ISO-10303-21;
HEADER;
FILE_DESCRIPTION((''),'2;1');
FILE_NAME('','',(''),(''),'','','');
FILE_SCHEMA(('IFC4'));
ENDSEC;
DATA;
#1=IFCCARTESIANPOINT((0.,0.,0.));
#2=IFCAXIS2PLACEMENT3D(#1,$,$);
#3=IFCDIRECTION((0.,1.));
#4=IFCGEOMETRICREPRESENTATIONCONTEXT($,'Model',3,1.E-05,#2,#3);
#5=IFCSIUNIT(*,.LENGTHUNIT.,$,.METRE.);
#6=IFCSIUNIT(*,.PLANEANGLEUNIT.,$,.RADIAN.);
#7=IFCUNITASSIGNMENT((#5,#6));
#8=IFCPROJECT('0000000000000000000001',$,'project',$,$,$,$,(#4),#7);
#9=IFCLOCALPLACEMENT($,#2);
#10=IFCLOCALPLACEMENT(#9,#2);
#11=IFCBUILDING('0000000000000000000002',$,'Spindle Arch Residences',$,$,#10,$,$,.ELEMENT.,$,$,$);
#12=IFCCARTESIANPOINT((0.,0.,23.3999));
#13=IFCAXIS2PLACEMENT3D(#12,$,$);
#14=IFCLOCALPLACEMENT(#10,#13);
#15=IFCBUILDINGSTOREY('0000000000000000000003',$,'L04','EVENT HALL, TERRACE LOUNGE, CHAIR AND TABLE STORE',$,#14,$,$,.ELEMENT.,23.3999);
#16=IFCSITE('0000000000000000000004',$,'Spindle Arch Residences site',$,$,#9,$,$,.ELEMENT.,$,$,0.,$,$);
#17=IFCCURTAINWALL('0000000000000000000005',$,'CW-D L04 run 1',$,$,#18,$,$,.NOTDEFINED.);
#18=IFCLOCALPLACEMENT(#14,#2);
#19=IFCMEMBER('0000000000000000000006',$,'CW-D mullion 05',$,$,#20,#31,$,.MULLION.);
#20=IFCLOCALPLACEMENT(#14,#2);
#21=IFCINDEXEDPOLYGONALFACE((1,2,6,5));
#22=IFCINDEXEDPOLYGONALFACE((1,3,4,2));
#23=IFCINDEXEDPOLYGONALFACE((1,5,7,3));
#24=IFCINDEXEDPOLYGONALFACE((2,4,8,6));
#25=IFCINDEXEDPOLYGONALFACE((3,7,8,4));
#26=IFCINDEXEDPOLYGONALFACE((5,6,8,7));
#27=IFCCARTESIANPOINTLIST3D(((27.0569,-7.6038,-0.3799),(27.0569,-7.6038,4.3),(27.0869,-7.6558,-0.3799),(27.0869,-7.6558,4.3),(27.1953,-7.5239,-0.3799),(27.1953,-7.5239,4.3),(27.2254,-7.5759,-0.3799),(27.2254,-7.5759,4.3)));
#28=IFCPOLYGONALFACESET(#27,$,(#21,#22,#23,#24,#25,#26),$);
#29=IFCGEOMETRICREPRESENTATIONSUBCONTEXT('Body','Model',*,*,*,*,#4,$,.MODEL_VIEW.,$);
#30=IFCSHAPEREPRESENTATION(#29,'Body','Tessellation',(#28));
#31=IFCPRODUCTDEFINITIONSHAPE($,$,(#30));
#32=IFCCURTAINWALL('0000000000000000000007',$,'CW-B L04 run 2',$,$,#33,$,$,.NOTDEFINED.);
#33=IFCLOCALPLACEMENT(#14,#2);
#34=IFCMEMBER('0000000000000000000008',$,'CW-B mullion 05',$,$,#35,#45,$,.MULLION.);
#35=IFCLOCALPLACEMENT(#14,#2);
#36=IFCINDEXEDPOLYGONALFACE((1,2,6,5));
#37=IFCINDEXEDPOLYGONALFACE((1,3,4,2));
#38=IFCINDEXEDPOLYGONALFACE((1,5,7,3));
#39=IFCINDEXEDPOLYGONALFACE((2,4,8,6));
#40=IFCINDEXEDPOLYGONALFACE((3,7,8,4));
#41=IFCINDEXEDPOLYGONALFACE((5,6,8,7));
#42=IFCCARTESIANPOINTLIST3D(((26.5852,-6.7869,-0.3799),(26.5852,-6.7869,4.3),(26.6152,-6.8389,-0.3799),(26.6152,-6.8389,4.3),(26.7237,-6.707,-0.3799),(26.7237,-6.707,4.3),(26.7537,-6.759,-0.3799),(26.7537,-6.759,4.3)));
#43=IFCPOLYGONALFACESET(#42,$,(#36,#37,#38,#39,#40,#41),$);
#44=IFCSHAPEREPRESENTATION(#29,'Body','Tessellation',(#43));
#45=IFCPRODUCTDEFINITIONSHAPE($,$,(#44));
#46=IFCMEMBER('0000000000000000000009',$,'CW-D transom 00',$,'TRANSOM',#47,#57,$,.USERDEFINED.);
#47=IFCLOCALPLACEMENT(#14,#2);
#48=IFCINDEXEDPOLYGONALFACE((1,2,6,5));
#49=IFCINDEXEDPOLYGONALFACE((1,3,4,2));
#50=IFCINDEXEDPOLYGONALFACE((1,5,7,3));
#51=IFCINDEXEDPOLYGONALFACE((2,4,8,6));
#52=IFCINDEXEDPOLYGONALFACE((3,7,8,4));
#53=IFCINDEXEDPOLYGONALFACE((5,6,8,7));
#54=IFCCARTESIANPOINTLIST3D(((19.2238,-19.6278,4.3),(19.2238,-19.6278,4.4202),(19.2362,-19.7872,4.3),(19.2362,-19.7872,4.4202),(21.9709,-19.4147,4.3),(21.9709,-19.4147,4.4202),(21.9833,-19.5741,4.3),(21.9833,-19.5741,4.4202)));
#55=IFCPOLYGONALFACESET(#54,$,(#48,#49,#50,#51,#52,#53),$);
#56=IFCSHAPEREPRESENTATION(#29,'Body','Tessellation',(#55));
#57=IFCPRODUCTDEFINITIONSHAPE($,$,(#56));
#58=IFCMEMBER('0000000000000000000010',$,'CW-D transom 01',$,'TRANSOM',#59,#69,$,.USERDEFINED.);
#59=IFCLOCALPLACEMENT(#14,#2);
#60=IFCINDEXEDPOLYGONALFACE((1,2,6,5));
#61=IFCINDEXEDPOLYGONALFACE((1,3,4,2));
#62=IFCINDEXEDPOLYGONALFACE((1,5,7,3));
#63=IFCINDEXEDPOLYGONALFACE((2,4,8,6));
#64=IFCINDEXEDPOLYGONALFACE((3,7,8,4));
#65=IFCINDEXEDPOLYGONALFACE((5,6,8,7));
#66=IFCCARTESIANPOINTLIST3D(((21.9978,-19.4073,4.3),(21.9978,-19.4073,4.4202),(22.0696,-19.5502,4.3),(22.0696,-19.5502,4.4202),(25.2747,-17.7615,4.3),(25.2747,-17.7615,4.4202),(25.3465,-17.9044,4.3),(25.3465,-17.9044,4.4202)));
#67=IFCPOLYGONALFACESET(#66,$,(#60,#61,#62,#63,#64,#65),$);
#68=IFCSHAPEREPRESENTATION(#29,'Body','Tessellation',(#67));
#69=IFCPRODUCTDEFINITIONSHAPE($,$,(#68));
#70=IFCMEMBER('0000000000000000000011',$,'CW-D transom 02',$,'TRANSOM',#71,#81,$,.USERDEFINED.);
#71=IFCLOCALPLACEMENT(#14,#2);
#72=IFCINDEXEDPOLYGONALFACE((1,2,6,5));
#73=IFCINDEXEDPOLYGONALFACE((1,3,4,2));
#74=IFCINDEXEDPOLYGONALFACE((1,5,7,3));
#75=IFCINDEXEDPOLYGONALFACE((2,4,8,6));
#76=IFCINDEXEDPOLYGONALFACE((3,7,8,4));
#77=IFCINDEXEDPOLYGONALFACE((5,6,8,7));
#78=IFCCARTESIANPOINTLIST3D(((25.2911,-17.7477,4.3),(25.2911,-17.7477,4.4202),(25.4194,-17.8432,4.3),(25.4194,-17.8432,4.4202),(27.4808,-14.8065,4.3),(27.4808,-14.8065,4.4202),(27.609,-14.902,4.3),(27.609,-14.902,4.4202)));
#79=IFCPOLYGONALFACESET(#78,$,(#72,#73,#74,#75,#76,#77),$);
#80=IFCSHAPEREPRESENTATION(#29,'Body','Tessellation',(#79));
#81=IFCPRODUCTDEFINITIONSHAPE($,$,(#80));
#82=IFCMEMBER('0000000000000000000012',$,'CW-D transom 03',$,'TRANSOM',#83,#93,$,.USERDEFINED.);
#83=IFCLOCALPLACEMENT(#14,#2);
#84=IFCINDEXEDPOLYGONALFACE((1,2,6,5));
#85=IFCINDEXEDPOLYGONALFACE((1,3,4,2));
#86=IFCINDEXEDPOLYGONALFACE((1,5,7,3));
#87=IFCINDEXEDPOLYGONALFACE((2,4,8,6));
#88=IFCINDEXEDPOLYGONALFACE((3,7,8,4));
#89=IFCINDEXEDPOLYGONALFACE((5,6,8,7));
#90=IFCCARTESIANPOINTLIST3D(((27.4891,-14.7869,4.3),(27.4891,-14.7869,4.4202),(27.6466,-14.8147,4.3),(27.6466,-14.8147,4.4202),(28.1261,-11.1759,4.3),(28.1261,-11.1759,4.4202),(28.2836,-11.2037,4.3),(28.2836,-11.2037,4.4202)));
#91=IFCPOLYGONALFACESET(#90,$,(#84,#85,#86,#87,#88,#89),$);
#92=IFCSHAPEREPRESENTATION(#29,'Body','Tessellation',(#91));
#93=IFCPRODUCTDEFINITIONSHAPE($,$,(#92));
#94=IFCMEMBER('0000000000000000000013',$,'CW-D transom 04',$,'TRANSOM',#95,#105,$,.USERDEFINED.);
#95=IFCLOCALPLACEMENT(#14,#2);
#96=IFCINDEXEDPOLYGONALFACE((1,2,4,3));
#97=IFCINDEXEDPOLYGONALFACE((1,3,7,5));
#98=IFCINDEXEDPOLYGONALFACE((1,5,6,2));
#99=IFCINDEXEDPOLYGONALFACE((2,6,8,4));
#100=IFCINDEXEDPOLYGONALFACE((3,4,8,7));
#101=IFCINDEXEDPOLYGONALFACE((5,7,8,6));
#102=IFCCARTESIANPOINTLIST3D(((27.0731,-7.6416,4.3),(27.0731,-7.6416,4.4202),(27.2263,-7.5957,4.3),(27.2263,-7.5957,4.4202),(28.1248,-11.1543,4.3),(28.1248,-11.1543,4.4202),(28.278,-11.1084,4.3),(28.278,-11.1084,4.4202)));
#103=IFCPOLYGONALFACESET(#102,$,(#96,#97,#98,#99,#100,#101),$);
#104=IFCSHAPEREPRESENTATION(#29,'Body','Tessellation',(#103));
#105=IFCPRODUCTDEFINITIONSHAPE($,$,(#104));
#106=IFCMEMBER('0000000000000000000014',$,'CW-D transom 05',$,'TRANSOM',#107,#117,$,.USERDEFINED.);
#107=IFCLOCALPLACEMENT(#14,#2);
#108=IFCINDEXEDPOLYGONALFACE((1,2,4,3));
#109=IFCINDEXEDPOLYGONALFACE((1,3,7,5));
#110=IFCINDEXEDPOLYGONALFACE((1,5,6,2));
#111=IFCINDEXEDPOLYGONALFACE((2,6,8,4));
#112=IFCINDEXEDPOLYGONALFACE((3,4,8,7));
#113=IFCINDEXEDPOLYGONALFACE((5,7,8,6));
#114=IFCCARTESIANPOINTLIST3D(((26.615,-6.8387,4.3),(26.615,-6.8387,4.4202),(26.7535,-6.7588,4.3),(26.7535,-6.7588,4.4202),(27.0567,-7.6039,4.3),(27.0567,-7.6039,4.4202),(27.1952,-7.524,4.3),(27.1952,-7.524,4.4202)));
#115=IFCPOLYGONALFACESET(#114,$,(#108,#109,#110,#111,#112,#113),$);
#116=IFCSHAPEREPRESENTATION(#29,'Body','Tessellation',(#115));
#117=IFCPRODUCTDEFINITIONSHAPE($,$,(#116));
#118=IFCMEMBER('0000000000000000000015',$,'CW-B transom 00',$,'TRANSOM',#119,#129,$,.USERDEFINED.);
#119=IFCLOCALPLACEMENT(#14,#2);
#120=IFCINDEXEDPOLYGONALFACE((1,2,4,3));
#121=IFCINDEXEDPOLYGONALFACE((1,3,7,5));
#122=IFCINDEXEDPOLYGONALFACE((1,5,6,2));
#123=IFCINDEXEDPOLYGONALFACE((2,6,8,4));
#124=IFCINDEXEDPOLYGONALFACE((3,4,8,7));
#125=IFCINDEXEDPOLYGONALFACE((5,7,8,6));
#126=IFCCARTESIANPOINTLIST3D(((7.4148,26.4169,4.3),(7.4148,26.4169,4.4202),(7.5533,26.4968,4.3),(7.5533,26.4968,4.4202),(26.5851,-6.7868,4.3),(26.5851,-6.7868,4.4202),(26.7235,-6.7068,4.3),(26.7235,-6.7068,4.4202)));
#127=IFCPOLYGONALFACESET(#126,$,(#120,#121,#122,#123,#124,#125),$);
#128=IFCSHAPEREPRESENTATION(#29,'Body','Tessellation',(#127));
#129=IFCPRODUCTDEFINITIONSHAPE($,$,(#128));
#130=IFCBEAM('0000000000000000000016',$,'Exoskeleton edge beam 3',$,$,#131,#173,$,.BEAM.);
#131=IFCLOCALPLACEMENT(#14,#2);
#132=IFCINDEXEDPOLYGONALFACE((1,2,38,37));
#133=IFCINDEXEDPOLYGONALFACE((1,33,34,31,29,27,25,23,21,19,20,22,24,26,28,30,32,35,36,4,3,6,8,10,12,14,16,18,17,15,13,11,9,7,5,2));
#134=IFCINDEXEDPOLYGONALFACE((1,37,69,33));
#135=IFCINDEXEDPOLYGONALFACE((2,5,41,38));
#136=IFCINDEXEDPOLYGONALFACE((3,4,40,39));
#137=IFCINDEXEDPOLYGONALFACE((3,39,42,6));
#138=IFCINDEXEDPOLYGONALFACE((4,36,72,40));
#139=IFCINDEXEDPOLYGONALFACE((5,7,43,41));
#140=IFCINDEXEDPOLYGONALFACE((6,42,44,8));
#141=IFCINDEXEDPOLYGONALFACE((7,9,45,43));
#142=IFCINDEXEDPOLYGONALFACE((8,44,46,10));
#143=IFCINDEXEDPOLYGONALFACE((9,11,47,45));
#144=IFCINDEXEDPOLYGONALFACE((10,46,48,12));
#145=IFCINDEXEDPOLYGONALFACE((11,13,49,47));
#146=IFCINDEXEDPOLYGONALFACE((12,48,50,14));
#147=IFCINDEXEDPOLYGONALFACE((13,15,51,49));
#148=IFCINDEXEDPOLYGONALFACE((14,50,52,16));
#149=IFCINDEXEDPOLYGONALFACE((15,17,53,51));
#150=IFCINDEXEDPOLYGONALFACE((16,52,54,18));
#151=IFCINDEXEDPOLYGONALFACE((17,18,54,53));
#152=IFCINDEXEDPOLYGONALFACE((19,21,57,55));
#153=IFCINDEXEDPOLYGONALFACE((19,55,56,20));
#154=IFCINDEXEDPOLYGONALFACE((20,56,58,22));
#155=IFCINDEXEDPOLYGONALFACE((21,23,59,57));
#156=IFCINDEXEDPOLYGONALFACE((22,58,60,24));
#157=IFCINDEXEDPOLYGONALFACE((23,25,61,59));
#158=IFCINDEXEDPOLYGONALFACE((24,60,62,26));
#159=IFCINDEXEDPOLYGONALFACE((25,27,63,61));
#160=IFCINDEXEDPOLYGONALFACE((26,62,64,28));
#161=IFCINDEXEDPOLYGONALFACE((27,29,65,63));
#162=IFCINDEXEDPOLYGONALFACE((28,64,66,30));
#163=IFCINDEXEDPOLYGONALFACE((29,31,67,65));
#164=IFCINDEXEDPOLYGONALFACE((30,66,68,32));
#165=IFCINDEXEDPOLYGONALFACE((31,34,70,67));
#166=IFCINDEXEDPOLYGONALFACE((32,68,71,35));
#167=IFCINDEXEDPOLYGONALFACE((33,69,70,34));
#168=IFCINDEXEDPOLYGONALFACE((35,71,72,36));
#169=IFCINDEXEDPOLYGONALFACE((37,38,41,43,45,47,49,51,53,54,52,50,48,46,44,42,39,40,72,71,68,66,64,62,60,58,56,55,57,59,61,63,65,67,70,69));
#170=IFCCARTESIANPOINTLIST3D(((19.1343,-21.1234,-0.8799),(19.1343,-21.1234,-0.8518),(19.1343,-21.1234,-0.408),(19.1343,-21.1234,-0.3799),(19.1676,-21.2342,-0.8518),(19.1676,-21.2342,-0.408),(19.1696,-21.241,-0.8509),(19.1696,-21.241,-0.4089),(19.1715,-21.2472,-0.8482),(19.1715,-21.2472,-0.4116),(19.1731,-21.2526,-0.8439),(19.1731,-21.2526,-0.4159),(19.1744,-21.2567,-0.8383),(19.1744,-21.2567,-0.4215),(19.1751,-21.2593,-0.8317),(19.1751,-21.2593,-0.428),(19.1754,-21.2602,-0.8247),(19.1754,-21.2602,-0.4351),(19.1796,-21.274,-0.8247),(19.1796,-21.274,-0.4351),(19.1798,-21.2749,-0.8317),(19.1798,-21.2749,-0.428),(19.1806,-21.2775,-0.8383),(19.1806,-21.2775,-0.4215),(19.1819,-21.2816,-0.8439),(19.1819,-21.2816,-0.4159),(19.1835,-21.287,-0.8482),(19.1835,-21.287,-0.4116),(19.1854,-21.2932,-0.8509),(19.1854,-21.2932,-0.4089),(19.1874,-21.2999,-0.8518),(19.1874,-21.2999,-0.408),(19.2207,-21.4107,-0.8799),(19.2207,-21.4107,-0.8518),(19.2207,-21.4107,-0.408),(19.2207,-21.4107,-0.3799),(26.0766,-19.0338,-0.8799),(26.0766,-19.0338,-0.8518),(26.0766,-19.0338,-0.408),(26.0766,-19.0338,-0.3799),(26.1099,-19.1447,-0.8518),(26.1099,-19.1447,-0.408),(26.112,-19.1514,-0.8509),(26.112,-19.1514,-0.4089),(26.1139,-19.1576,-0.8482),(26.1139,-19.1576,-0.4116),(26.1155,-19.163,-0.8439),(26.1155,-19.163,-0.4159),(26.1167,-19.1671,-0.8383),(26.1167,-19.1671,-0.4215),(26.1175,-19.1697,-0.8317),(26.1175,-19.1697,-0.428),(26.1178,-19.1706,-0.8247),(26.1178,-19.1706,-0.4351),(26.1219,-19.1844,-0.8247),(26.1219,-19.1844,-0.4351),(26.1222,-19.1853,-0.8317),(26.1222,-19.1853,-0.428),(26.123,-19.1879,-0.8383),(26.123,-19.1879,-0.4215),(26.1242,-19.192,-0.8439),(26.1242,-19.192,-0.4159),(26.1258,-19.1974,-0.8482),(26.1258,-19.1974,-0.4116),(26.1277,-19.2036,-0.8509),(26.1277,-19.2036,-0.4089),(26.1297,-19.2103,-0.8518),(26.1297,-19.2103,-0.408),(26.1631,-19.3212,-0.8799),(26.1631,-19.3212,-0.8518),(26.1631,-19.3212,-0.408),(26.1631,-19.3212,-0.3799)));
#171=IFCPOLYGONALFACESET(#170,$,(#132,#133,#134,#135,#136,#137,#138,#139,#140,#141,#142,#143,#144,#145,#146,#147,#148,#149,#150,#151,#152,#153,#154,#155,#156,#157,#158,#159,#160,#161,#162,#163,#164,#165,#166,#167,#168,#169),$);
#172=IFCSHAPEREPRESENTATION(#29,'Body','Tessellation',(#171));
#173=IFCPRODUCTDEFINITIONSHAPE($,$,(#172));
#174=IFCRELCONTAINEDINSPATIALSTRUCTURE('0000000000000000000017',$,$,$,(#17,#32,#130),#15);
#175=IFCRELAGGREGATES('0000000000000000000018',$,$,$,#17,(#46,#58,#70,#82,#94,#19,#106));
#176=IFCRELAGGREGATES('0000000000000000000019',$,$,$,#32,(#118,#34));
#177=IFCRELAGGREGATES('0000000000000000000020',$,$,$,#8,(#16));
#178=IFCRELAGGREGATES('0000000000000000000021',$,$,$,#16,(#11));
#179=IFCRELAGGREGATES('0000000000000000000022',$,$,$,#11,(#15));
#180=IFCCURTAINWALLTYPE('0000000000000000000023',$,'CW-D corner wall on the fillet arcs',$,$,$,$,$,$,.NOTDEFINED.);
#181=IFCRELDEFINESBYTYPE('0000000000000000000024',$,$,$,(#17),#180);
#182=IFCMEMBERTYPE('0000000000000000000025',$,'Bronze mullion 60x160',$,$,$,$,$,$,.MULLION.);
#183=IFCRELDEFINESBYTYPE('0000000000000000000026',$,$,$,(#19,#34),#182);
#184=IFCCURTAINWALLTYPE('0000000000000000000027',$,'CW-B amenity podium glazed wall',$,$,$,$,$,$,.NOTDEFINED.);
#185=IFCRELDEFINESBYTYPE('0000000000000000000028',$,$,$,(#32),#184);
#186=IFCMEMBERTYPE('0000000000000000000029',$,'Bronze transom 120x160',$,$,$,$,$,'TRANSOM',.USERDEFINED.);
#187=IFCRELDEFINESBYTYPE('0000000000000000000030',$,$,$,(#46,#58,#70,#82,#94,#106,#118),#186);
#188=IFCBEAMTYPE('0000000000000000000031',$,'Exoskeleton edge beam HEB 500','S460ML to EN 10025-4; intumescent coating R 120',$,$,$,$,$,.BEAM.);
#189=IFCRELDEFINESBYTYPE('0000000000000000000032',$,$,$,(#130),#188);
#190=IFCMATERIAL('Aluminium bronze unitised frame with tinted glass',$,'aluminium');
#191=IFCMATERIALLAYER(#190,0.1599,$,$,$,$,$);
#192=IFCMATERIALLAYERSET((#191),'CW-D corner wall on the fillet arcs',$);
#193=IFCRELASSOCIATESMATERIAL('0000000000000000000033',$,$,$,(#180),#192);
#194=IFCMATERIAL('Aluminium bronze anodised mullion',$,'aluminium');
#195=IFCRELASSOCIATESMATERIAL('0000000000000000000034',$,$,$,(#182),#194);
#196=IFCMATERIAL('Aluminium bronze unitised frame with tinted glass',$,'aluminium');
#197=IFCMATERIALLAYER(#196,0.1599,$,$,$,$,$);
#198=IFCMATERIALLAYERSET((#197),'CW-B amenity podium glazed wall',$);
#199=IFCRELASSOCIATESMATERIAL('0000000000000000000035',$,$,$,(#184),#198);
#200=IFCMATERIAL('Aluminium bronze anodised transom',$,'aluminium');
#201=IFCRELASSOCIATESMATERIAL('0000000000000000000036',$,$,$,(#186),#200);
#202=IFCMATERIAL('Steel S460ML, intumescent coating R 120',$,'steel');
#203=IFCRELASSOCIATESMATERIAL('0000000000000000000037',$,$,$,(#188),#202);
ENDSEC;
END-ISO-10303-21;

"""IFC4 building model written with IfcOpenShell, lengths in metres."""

from ifc_helpers import new_model, si_unit, direction, frame, origin, origin_2d, place, context, subcontext, project, spatial, rectangle, i_section, extrude, material, layer, layer_set, material_profile, profile_set, type_object, element, aggregate, save


model = new_model("IFC4")

# Units and contexts
model_context = context("Model", 3, precision=1e-05, world=origin(), true_north=direction((0.0, 1.0)))
body_context = subcontext(model_context, "Body", "Model", "MODEL_VIEW")
ifc_project = project(units=[si_unit("LENGTHUNIT", "METRE"), si_unit("PLANEANGLEUNIT", "RADIAN")], contexts=[model_context])

# Site, building, storey
site_placement = place(None, origin())
site = spatial("IfcSite", under=ifc_project, at=site_placement, Name="Spindle Arch Residences site", CompositionType="ELEMENT", RefElevation=0.0)
building_placement = place(site_placement, origin())
building = spatial("IfcBuilding", under=site, at=building_placement, Name="Spindle Arch Residences", CompositionType="ELEMENT")
storey_placement = place(building_placement, frame((0.0, 0.0, 23.3999)))
storey = spatial("IfcBuildingStorey", under=building, at=storey_placement, Name="L04", Description="EVENT HALL, TERRACE LOUNGE, CHAIR AND TABLE STORE", CompositionType="ELEMENT", Elevation=23.3999)

# Curtain wall, member
ifc_material_1 = material(Name="Aluminium bronze unitised frame with tinted glass", Category="aluminium")
ifc_layer_1 = layer(ifc_material_1, 0.1599)
ifc_layer_set_1 = layer_set([ifc_layer_1], Name="CW-D corner wall on the fillet arcs")
curtain_wall_type_1 = type_object("IfcCurtainWallType", Name="CW-D corner wall on the fillet arcs", PredefinedType="NOTDEFINED", material=ifc_layer_set_1)
curtain_wall_1_placement = place(storey_placement, origin())
curtain_wall_1 = element("IfcCurtainWall", 1, at=curtain_wall_1_placement, inside=storey, type_object=curtain_wall_type_1, Name="CW-D L04 run 1", PredefinedType="NOTDEFINED")
ifc_material_2 = material(Name="Aluminium bronze anodised mullion", Category="aluminium")
ifc_material_profile_1 = material_profile(ifc_material_2, rectangle(XDim=0.1599, YDim=0.0601, at=origin_2d()), Name="MU 60x160")
ifc_profile_set_1 = profile_set([ifc_material_profile_1], Name="Aluminium bronze anodised mullion")
member_type_1 = type_object("IfcMemberType", Name="Bronze mullion 60x160", PredefinedType="MULLION", material=ifc_profile_set_1)
member_1_placement = place(storey_placement, frame((27.1411, -7.5898, -0.3799), z_axis=(0.0, 0.0, 1.0), x_axis=(-0.866025, -0.5, 0.0)))
member_1 = element("IfcMember", 2, at=member_1_placement, type_object=member_type_1, Name="CW-D mullion 05", PredefinedType="MULLION", context=body_context, shape_type="SweptSolid", body=[
    extrude(rectangle(XDim=0.1599, YDim=0.0601, at=origin_2d()), origin(), (0.0, 0.0, 1.0), 4.6799),
])

# Curtain wall, member
ifc_material_3 = material(Name="Aluminium bronze unitised frame with tinted glass", Category="aluminium")
ifc_layer_2 = layer(ifc_material_3, 0.1599)
ifc_layer_set_2 = layer_set([ifc_layer_2], Name="CW-B amenity podium glazed wall")
curtain_wall_type_2 = type_object("IfcCurtainWallType", Name="CW-B amenity podium glazed wall", PredefinedType="NOTDEFINED", material=ifc_layer_set_2)
curtain_wall_2_placement = place(storey_placement, origin())
curtain_wall_2 = element("IfcCurtainWall", 3, at=curtain_wall_2_placement, inside=storey, type_object=curtain_wall_type_2, Name="CW-B L04 run 2", PredefinedType="NOTDEFINED")
member_2_placement = place(storey_placement, frame((26.6694, -6.7729, -0.3799), z_axis=(0.0, 0.0, 1.0), x_axis=(-0.866025, -0.5, 0.0)))
member_2 = element("IfcMember", 4, at=member_2_placement, type_object=member_type_1, Name="CW-B mullion 05", PredefinedType="MULLION", context=body_context, shape_type="SweptSolid", body=[
    extrude(rectangle(XDim=0.1599, YDim=0.0601, at=origin_2d()), origin(), (0.0, 0.0, 1.0), 4.6799),
])

# Members
ifc_material_4 = material(Name="Aluminium bronze anodised transom", Category="aluminium")
ifc_material_profile_2 = material_profile(ifc_material_4, rectangle(XDim=0.1599, YDim=0.1201, at=origin_2d()), Name="TR 120x160")
ifc_profile_set_2 = profile_set([ifc_material_profile_2], Name="Aluminium bronze anodised transom")
member_type_2 = type_object("IfcMemberType", Name="Bronze transom 120x160", ElementType="TRANSOM", PredefinedType="USERDEFINED", material=ifc_profile_set_2)
member_3_placement = place(storey_placement, frame((19.23, -19.7075, 4.3601), z_axis=(0.997004, 0.077354, 0.0), x_axis=(-0.077354, 0.997004, 0.0)))
member_3 = element("IfcMember", 5, at=member_3_placement, type_object=member_type_2, Name="CW-D transom 00", ObjectType="TRANSOM", PredefinedType="USERDEFINED", context=body_context, shape_type="SweptSolid", body=[
    extrude(rectangle(XDim=0.1599, YDim=0.1201, at=origin_2d()), origin(), (0.0, 0.0, 1.0), 2.7554),
])
member_4_placement = place(storey_placement, frame((22.0337, -19.4788, 4.3601), z_axis=(0.893627, 0.448811, 0.0), x_axis=(-0.448811, 0.893627, 0.0)))
member_4 = element("IfcMember", 6, at=member_4_placement, type_object=member_type_2, Name="CW-D transom 01", ObjectType="TRANSOM", PredefinedType="USERDEFINED", context=body_context, shape_type="SweptSolid", body=[
    extrude(rectangle(XDim=0.1599, YDim=0.1201, at=origin_2d()), origin(), (0.0, 0.0, 1.0), 3.667),
])
member_5_placement = place(storey_placement, frame((25.3552, -17.7954, 4.3601), z_axis=(0.597173, 0.802112, 0.0), x_axis=(-0.802112, 0.597173, 0.0)))
member_5 = element("IfcMember", 7, at=member_5_placement, type_object=member_type_2, Name="CW-D transom 02", ObjectType="TRANSOM", PredefinedType="USERDEFINED", context=body_context, shape_type="SweptSolid", body=[
    extrude(rectangle(XDim=0.1599, YDim=0.1201, at=origin_2d()), origin(), (0.0, 0.0, 1.0), 3.6667),
])
member_6_placement = place(storey_placement, frame((27.5679, -14.8008, 4.3601), z_axis=(0.173709, 0.984797, 0.0), x_axis=(-0.984797, 0.173709, 0.0)))
member_6 = element("IfcMember", 8, at=member_6_placement, type_object=member_type_2, Name="CW-D transom 03", ObjectType="TRANSOM", PredefinedType="USERDEFINED", context=body_context, shape_type="SweptSolid", body=[
    extrude(rectangle(XDim=0.1599, YDim=0.1201, at=origin_2d()), origin(), (0.0, 0.0, 1.0), 3.6667),
])
member_7_placement = place(storey_placement, frame((28.2014, -11.1313, 4.3601), z_axis=(-0.286835, 0.95798, 0.0), x_axis=(-0.95798, -0.286835, 0.0)))
member_7 = element("IfcMember", 9, at=member_7_placement, type_object=member_type_2, Name="CW-D transom 04", ObjectType="TRANSOM", PredefinedType="USERDEFINED", context=body_context, shape_type="SweptSolid", body=[
    extrude(rectangle(XDim=0.1599, YDim=0.1201, at=origin_2d()), origin(), (0.0, 0.0, 1.0), 3.6667),
])
member_8_placement = place(storey_placement, frame((27.126, -7.564, 4.3601), z_axis=(-0.499914, 0.866075, 0.0), x_axis=(-0.866075, -0.499914, 0.0)))
member_8 = element("IfcMember", 10, at=member_8_placement, type_object=member_type_2, Name="CW-D transom 05", ObjectType="TRANSOM", PredefinedType="USERDEFINED", context=body_context, shape_type="SweptSolid", body=[
    extrude(rectangle(XDim=0.1599, YDim=0.1201, at=origin_2d()), origin(), (0.0, 0.0, 1.0), 0.8835),
])
member_9_placement = place(storey_placement, frame((26.6543, -6.7468, 4.3601), z_axis=(-0.500001, 0.866025, 0.0), x_axis=(-0.866025, -0.500001, 0.0)))
member_9 = element("IfcMember", 11, at=member_9_placement, type_object=member_type_2, Name="CW-B transom 00", ObjectType="TRANSOM", PredefinedType="USERDEFINED", context=body_context, shape_type="SweptSolid", body=[
    extrude(rectangle(XDim=0.1599, YDim=0.1201, at=origin_2d()), origin(), (0.0, 0.0, 1.0), 38.3403),
])

# Beam
ifc_material_5 = material(Name="Steel S460ML, intumescent coating R 120", Category="steel")
ifc_material_profile_3 = material_profile(ifc_material_5, i_section(OverallWidth=0.3, OverallDepth=0.5, WebThickness=0.0144, FlangeThickness=0.0281, FilletRadius=0.0271, at=origin_2d()), Name="HEB 500")
ifc_profile_set_3 = profile_set([ifc_material_profile_3], Name="Steel S460ML, intumescent coating R 120")
beam_type_1 = type_object("IfcBeamType", Name="Exoskeleton edge beam HEB 500", Description="S460ML to EN 10025-4; intumescent coating R 120", PredefinedType="BEAM", material=ifc_profile_set_3)
beam_1_placement = place(storey_placement, frame((19.1775, -21.2671, -0.6299), z_axis=(0.957565, 0.288219, 0.0), x_axis=(-0.288219, 0.957565, 0.0)))
element("IfcBeam", 12, at=beam_1_placement, inside=storey, type_object=beam_type_1, Name="Exoskeleton edge beam 3", PredefinedType="BEAM", context=body_context, shape_type="SweptSolid", body=[
    extrude(i_section(OverallWidth=0.3, OverallDepth=0.5, WebThickness=0.0144, FlangeThickness=0.0281, FilletRadius=0.0271, at=origin_2d()), origin(), (0.0, 0.0, 1.0), 7.25),
])

aggregate(curtain_wall_1, [member_3, member_4, member_5, member_6, member_7, member_1, member_8])
aggregate(curtain_wall_2, [member_9, member_2])

save(model, "model.ifc")
